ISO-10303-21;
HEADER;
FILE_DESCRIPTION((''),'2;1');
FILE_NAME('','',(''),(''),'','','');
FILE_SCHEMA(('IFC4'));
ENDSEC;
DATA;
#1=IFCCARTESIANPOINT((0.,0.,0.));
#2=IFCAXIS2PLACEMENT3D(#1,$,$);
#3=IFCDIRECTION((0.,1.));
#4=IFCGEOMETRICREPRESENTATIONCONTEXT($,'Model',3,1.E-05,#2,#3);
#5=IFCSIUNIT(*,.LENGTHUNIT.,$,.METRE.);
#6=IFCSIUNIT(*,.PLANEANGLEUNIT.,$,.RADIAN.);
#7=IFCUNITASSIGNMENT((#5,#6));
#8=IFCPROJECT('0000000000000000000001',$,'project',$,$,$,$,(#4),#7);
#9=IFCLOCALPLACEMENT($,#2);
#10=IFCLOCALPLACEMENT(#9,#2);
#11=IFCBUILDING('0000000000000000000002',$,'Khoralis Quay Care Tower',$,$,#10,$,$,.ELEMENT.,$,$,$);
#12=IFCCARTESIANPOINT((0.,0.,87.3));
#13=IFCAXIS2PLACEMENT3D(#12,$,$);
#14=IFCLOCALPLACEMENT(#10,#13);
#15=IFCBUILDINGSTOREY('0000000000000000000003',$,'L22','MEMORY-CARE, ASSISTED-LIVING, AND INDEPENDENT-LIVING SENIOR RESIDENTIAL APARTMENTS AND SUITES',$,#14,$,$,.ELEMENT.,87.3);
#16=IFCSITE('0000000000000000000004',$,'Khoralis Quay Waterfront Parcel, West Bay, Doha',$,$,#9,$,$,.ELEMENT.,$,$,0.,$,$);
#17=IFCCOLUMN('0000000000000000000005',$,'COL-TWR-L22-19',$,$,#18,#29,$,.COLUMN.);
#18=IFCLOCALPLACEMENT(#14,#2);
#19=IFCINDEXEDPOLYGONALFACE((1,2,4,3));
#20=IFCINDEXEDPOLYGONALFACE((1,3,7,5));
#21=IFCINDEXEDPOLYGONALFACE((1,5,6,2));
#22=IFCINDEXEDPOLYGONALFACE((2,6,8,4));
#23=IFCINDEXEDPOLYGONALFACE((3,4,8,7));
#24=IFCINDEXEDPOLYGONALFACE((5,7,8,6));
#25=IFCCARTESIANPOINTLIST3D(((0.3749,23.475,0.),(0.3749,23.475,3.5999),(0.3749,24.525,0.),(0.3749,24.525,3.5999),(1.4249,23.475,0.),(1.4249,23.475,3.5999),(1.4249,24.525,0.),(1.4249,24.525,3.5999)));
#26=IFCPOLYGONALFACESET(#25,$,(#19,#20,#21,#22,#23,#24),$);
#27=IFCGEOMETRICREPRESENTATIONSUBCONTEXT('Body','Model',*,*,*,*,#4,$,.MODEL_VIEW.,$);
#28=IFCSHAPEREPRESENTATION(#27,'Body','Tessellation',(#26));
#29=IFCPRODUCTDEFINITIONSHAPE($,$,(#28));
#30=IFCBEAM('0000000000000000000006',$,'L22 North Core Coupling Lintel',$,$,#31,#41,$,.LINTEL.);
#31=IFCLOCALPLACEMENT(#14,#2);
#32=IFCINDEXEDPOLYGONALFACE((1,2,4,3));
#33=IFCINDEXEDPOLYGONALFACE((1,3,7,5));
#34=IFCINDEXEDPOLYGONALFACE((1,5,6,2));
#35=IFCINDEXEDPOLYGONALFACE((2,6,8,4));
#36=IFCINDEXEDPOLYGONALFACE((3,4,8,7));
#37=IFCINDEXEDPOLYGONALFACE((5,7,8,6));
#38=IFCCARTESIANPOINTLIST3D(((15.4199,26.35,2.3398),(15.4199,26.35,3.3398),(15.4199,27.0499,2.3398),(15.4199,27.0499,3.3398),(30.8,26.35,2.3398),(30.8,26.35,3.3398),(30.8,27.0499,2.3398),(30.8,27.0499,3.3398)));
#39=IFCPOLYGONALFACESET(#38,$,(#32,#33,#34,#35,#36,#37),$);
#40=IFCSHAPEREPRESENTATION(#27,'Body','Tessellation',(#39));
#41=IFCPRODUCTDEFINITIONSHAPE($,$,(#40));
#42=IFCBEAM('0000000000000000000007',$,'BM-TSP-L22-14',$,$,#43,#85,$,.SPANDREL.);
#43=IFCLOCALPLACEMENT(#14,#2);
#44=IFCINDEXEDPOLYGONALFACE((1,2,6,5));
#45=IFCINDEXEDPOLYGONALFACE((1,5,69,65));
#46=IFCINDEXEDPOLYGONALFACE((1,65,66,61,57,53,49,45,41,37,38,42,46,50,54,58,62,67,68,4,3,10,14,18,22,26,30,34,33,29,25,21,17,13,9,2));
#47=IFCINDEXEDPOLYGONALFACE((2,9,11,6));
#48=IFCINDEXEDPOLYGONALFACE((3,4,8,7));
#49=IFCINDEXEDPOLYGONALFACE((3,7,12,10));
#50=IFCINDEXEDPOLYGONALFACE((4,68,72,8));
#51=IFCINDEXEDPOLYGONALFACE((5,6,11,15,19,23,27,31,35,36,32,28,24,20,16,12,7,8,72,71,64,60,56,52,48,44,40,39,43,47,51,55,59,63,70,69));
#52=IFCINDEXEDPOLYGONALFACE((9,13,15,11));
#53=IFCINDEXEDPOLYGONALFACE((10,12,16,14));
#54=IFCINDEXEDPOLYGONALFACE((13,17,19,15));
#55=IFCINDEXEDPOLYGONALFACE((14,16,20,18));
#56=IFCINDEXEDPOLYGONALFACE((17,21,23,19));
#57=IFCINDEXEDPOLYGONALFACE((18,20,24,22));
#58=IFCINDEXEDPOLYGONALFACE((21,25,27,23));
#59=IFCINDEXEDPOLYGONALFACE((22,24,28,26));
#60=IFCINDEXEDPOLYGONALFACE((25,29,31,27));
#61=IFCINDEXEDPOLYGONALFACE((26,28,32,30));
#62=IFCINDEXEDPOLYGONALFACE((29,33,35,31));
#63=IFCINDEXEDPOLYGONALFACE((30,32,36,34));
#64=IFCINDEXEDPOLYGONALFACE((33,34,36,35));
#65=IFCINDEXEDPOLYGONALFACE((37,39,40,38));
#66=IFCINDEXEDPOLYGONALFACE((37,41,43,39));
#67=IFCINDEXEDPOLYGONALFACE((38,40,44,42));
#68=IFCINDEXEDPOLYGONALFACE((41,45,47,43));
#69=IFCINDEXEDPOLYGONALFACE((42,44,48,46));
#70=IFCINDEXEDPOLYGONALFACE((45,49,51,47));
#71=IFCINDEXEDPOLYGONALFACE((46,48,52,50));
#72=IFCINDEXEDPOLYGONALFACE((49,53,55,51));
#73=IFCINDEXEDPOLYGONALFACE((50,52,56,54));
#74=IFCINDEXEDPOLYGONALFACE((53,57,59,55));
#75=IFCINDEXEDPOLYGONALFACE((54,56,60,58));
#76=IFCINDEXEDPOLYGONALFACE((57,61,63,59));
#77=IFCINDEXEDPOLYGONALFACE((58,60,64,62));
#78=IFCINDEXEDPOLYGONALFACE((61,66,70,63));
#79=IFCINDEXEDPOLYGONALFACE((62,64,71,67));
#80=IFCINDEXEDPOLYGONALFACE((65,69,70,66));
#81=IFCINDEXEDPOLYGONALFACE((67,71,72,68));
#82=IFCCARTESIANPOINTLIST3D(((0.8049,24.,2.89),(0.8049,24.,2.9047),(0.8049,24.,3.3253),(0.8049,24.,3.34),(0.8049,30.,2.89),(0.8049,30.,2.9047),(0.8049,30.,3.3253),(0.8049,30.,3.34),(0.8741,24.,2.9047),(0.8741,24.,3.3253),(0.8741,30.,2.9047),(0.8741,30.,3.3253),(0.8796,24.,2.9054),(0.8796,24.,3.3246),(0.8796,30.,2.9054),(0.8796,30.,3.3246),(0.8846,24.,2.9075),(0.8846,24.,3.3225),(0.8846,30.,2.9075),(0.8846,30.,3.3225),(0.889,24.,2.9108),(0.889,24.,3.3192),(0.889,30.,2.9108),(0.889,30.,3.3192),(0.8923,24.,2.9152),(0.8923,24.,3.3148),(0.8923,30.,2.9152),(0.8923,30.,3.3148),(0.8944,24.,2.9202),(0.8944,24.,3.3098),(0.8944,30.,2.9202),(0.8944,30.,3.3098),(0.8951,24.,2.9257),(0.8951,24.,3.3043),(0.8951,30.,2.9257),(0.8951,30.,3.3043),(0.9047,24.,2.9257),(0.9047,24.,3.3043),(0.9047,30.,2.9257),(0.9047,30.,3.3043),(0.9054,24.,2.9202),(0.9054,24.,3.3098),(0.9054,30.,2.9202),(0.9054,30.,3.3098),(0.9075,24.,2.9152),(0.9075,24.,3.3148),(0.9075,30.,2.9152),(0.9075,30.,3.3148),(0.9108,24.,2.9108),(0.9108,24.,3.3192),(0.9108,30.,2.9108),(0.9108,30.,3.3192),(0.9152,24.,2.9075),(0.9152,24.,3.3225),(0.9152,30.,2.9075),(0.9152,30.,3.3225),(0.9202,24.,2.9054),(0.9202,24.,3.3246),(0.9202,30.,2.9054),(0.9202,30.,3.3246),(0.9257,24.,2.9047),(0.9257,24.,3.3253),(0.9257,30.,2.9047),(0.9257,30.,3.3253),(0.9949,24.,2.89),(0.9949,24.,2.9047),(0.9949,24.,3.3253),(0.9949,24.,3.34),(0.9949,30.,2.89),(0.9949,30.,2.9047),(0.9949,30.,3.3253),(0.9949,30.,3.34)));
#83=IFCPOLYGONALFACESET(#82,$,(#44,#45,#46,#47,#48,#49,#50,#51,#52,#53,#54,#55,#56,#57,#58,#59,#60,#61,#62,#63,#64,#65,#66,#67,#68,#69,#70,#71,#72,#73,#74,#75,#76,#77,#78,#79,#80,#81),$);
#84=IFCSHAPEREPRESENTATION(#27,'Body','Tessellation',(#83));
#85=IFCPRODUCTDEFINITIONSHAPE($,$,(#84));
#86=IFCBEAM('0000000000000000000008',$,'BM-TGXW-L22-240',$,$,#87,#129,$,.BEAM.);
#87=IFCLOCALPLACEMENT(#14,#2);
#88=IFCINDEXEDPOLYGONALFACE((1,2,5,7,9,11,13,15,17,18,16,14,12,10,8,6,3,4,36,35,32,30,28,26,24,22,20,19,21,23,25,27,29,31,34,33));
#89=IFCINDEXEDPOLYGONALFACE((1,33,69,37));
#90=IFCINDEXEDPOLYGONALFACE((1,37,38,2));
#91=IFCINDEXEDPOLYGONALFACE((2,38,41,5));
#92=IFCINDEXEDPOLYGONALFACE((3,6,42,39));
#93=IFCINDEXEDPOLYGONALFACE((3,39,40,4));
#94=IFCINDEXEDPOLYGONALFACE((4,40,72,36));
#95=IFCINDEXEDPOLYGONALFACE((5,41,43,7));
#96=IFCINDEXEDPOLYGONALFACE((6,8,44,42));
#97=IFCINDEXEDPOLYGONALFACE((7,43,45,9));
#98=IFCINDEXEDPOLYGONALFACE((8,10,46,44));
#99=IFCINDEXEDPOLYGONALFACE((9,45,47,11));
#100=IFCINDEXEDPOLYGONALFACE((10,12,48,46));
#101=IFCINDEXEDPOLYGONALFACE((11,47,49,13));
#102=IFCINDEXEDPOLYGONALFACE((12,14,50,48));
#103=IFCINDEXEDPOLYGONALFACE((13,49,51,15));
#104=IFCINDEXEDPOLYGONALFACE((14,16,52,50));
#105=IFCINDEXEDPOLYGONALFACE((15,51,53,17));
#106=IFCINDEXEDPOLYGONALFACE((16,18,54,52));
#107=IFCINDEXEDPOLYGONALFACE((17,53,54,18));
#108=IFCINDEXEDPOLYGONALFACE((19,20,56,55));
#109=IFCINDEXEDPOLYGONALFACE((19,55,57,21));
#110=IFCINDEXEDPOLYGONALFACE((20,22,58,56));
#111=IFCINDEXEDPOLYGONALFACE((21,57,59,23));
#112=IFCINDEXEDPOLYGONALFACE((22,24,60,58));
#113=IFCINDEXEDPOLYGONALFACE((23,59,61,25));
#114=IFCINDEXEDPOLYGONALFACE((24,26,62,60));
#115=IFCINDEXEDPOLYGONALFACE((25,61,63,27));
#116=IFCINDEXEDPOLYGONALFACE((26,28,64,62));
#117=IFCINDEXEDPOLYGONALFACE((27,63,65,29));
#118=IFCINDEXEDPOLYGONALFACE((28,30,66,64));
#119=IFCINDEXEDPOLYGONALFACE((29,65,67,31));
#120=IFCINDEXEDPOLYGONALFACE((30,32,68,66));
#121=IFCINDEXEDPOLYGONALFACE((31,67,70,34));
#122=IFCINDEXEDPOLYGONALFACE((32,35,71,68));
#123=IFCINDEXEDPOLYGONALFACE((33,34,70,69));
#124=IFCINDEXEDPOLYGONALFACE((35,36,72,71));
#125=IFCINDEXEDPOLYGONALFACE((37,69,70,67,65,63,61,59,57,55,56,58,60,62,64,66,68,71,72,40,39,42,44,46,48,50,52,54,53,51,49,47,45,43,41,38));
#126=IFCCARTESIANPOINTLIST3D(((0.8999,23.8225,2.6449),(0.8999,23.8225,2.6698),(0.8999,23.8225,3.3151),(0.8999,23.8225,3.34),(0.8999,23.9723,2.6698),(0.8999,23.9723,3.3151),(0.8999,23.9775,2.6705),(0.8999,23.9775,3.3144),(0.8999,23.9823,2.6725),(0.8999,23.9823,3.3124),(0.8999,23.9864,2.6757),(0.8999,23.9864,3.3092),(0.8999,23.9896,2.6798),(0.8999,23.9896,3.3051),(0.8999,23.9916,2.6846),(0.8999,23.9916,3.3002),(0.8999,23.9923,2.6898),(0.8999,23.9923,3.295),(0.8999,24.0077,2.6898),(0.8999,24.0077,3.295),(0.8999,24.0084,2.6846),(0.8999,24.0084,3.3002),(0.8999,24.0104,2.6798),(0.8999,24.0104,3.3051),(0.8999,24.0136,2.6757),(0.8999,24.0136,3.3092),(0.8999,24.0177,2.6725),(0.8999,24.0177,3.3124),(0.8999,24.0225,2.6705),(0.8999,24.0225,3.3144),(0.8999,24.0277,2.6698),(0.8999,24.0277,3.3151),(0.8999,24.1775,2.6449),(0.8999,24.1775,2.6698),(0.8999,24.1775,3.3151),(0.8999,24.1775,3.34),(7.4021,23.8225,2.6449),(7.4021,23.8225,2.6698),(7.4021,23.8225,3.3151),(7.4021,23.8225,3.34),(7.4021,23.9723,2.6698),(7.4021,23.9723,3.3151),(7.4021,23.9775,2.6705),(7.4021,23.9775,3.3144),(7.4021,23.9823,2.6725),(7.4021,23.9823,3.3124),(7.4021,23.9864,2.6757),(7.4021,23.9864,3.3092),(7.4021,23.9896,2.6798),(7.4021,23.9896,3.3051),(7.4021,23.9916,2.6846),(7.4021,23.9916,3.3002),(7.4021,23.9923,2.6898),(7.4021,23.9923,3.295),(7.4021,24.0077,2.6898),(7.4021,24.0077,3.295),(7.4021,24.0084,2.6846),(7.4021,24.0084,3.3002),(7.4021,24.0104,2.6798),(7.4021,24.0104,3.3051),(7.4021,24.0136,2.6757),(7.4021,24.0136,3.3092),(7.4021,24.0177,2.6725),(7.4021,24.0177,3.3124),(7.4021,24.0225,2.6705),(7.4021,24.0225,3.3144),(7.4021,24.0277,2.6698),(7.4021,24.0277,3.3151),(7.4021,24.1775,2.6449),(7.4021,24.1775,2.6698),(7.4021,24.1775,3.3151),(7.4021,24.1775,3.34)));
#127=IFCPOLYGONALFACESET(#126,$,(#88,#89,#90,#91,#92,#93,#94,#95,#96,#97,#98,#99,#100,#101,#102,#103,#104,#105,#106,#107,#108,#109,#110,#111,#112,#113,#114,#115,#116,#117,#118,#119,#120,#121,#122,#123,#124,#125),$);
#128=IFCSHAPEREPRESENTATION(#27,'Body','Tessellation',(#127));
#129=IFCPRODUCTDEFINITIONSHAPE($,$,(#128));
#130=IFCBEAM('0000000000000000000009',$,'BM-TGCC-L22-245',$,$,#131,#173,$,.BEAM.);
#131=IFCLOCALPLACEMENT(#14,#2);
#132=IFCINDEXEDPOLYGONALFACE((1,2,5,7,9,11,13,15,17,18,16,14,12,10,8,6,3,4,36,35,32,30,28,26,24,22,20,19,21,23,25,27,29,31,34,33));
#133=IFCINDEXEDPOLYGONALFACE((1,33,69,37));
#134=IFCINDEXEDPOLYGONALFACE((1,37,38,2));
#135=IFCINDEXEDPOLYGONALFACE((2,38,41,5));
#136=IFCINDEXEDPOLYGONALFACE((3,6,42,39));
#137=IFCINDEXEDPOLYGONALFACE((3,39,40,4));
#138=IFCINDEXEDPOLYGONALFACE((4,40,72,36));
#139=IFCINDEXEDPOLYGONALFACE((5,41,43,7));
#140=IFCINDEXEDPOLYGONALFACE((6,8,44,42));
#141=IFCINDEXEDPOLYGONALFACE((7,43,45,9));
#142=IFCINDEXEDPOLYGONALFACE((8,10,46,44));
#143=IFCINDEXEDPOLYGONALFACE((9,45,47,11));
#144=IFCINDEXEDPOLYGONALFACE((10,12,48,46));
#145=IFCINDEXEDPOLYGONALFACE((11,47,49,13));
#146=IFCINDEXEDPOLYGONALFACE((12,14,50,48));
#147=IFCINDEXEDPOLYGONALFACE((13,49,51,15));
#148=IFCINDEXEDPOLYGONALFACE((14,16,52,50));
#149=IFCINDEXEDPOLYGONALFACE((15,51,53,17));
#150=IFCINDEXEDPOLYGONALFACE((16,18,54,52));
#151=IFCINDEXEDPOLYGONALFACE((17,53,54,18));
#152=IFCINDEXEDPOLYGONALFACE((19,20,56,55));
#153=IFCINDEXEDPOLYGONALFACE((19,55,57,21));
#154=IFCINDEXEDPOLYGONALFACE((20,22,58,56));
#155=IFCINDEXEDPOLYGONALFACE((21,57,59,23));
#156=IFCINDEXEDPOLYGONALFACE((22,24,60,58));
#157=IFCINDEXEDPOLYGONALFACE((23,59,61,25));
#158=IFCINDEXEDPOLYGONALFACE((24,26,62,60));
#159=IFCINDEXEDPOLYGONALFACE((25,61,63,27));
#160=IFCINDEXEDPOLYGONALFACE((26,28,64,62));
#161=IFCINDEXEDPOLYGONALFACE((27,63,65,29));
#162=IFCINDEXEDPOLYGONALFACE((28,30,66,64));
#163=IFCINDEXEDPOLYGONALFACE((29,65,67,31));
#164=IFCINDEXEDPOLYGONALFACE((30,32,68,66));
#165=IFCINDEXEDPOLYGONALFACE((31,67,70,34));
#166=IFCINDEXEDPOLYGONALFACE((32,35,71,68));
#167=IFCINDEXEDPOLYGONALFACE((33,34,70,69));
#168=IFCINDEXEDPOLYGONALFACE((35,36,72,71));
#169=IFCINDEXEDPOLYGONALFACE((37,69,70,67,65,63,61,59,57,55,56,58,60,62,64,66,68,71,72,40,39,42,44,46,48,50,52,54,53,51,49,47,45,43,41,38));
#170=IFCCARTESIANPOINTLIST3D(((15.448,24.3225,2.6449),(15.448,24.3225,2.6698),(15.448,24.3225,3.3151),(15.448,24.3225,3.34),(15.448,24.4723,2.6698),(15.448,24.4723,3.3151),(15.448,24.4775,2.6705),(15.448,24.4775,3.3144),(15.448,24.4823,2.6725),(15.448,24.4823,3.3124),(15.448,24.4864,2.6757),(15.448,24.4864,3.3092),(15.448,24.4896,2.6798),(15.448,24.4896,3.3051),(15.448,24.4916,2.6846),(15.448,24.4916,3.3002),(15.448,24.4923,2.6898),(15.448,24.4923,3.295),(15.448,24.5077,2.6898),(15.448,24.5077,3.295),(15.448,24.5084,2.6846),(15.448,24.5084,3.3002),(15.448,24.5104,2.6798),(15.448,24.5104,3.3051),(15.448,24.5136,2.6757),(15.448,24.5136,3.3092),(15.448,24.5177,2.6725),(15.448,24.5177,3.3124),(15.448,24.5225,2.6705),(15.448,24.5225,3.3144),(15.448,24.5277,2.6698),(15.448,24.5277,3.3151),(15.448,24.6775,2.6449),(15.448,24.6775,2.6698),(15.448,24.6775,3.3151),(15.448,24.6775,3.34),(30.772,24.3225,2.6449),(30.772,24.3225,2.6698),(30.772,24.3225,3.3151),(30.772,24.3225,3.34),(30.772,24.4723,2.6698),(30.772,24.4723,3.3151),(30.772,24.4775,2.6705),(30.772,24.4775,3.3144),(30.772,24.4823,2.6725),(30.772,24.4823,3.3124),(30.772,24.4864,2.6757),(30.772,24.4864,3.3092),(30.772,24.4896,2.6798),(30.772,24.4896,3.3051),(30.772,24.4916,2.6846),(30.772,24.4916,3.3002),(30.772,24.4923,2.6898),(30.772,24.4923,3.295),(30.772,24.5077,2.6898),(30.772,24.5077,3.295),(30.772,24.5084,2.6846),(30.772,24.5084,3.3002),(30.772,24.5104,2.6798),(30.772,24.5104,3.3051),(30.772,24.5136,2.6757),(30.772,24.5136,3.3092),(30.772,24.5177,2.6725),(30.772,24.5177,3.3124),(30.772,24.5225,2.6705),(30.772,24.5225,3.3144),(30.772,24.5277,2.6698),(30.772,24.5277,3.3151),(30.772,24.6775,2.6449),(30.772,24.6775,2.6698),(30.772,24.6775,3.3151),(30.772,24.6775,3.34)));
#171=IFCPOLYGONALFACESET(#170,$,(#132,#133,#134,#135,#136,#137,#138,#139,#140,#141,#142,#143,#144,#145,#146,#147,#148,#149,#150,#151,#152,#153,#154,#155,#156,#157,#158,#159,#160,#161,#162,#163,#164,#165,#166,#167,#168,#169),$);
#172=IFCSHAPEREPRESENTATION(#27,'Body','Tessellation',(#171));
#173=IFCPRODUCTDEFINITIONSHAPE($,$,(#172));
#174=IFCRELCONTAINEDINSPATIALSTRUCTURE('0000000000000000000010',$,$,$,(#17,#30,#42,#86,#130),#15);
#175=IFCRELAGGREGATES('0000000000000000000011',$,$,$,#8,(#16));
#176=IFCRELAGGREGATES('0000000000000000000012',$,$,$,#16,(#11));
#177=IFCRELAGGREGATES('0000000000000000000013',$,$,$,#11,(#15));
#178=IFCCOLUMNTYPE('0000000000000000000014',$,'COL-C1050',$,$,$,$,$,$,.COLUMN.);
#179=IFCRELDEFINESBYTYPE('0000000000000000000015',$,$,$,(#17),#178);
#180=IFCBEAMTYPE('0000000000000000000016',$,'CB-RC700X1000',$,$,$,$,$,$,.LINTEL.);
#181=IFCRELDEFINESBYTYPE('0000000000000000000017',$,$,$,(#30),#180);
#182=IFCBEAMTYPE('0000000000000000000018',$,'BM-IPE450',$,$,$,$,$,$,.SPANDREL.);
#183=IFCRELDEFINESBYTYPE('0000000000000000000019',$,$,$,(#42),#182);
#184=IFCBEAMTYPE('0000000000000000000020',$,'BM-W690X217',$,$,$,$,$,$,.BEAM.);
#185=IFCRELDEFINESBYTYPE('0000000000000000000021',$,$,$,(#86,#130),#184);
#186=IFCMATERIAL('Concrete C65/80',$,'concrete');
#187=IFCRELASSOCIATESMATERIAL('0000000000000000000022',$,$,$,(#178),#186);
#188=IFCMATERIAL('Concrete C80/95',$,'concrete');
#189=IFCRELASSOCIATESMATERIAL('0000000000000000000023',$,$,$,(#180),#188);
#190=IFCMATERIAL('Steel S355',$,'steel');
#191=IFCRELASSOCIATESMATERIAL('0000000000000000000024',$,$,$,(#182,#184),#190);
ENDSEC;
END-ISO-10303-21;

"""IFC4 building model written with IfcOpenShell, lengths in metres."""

from ifc_helpers import new_model, si_unit, direction, frame, origin, origin_2d, place, context, subcontext, project, spatial, rectangle, i_section, extrude, source, transform, mapped, material, material_profile, profile_set, type_object, element, save


model = new_model("IFC4")

# Units and contexts
model_context = context("Model", 3, precision=1e-05, world=origin(), true_north=direction((0.0, 1.0)))
body_context = subcontext(model_context, "Body", "Model", "MODEL_VIEW")
ifc_project = project(units=[si_unit("LENGTHUNIT", "METRE"), si_unit("PLANEANGLEUNIT", "RADIAN")], contexts=[model_context])

# Site, building, storey
site_placement = place(None, origin())
site = spatial("IfcSite", under=ifc_project, at=site_placement, Name="Khoralis Quay Waterfront Parcel, West Bay, Doha", CompositionType="ELEMENT", RefElevation=0.0)
building_placement = place(site_placement, origin())
building = spatial("IfcBuilding", under=site, at=building_placement, Name="Khoralis Quay Care Tower", CompositionType="ELEMENT")
storey_placement = place(building_placement, frame((0.0, 0.0, 87.3)))
storey = spatial("IfcBuildingStorey", under=building, at=storey_placement, Name="L22", Description="MEMORY-CARE, ASSISTED-LIVING, AND INDEPENDENT-LIVING SENIOR RESIDENTIAL APARTMENTS AND SUITES", CompositionType="ELEMENT", Elevation=87.3)

# Column
ifc_material_1 = material(Name="Concrete C65/80", Category="concrete")
ifc_material_profile_1 = material_profile(ifc_material_1, rectangle(XDim=1.05, YDim=1.05, at=origin_2d()), Name="Concrete C65/80")
ifc_profile_set_1 = profile_set([ifc_material_profile_1], Name="Concrete C65/80")
column_type = type_object("IfcColumnType", Name="COL-C1050", PredefinedType="COLUMN", material=ifc_profile_set_1)
shared_shape_1 = source(origin(), body_context, "Body", "SweptSolid", [
    extrude(rectangle(XDim=1.05, YDim=1.05, at=origin_2d()), origin(), (0.0, 0.0, 1.0), 3.5999),
])
column_placement = place(storey_placement, frame((0.8999, 24.0, 0.0), z_axis=(0.0, 0.0, 1.0), x_axis=(1.0, 0.0, 0.0)))
element("IfcColumn", 1, at=column_placement, inside=storey, type_object=column_type, Name="COL-TWR-L22-19", PredefinedType="COLUMN", context=body_context, shape_type="MappedRepresentation", body=[
    mapped(shared_shape_1, transform((0.0, 0.0, 0.0), scale=1.0)),
])

# Beams
ifc_material_2 = material(Name="Concrete C80/95", Category="concrete")
ifc_material_profile_2 = material_profile(ifc_material_2, rectangle(XDim=0.7, YDim=1.0, at=origin_2d()), Name="Concrete C80/95")
ifc_profile_set_2 = profile_set([ifc_material_profile_2], Name="Concrete C80/95")
beam_type_1 = type_object("IfcBeamType", Name="CB-RC700X1000", PredefinedType="LINTEL", material=ifc_profile_set_2)
shared_shape_2 = source(origin(), body_context, "Body", "SweptSolid", [
    extrude(rectangle(XDim=0.7, YDim=1.0, at=origin_2d()), origin(), (0.0, 0.0, 1.0), 15.3801),
])
beam_1_placement = place(storey_placement, frame((15.4199, 26.7, 2.8398), z_axis=(1.0, 0.0, 0.0), x_axis=(0.0, 1.0, 0.0)))
element("IfcBeam", 2, at=beam_1_placement, inside=storey, type_object=beam_type_1, Name="L22 North Core Coupling Lintel", PredefinedType="LINTEL", context=body_context, shape_type="MappedRepresentation", body=[
    mapped(shared_shape_2, transform((0.0, 0.0, 0.0), scale=1.0)),
])
ifc_material_3 = material(Name="Steel S355", Category="steel")
ifc_material_profile_3 = material_profile(ifc_material_3, i_section(OverallWidth=0.1899, OverallDepth=0.45, WebThickness=0.0095, FlangeThickness=0.0146, FilletRadius=0.021, at=origin_2d()), Name="Steel S355")
ifc_profile_set_3 = profile_set([ifc_material_profile_3], Name="Steel S355")
beam_type_2 = type_object("IfcBeamType", Name="BM-IPE450", PredefinedType="SPANDREL", material=ifc_profile_set_3)
shared_shape_3 = source(origin(), body_context, "Body", "SweptSolid", [
    extrude(i_section(OverallWidth=0.1899, OverallDepth=0.45, WebThickness=0.0095, FlangeThickness=0.0146, FilletRadius=0.021, at=origin_2d()), origin(), (0.0, 0.0, 1.0), 6.0),
])
beam_2_placement = place(storey_placement, frame((0.8999, 24.0, 3.115), z_axis=(0.0, 1.0, 0.0), x_axis=(-1.0, 0.0, 0.0)))
element("IfcBeam", 3, at=beam_2_placement, inside=storey, type_object=beam_type_2, Name="BM-TSP-L22-14", PredefinedType="SPANDREL", context=body_context, shape_type="MappedRepresentation", body=[
    mapped(shared_shape_3, transform((0.0, 0.0, 0.0), scale=1.0)),
])
ifc_material_profile_4 = material_profile(ifc_material_3, i_section(OverallWidth=0.355, OverallDepth=0.6951, WebThickness=0.0154, FlangeThickness=0.0249, FilletRadius=0.02, at=origin_2d()), Name="Steel S355")
ifc_profile_set_4 = profile_set([ifc_material_profile_4], Name="Steel S355")
beam_type_3 = type_object("IfcBeamType", Name="BM-W690X217", PredefinedType="BEAM", material=ifc_profile_set_4)
shared_shape_4 = source(origin(), body_context, "Body", "SweptSolid", [
    extrude(i_section(OverallWidth=0.355, OverallDepth=0.6951, WebThickness=0.0154, FlangeThickness=0.0249, FilletRadius=0.02, at=origin_2d()), origin(), (0.0, 0.0, 1.0), 6.5022),
])
beam_3_placement = place(storey_placement, frame((0.8999, 24.0, 2.9924), z_axis=(1.0, 0.0, 0.0), x_axis=(0.0, 1.0, 0.0)))
element("IfcBeam", 4, at=beam_3_placement, inside=storey, type_object=beam_type_3, Name="BM-TGXW-L22-240", PredefinedType="BEAM", context=body_context, shape_type="MappedRepresentation", body=[
    mapped(shared_shape_4, transform((0.0, 0.0, 0.0), scale=1.0)),
])
shared_shape_5 = source(origin(), body_context, "Body", "SweptSolid", [
    extrude(i_section(OverallWidth=0.355, OverallDepth=0.6951, WebThickness=0.0154, FlangeThickness=0.0249, FilletRadius=0.02, at=origin_2d()), origin(), (0.0, 0.0, 1.0), 15.324),
])
beam_4_placement = place(storey_placement, frame((15.448, 24.5, 2.9924), z_axis=(1.0, 0.0, 0.0), x_axis=(0.0, 1.0, 0.0)))
element("IfcBeam", 5, at=beam_4_placement, inside=storey, type_object=beam_type_3, Name="BM-TGCC-L22-245", PredefinedType="BEAM", context=body_context, shape_type="MappedRepresentation", body=[
    mapped(shared_shape_5, transform((0.0, 0.0, 0.0), scale=1.0)),
])

save(model, "model.ifc")
